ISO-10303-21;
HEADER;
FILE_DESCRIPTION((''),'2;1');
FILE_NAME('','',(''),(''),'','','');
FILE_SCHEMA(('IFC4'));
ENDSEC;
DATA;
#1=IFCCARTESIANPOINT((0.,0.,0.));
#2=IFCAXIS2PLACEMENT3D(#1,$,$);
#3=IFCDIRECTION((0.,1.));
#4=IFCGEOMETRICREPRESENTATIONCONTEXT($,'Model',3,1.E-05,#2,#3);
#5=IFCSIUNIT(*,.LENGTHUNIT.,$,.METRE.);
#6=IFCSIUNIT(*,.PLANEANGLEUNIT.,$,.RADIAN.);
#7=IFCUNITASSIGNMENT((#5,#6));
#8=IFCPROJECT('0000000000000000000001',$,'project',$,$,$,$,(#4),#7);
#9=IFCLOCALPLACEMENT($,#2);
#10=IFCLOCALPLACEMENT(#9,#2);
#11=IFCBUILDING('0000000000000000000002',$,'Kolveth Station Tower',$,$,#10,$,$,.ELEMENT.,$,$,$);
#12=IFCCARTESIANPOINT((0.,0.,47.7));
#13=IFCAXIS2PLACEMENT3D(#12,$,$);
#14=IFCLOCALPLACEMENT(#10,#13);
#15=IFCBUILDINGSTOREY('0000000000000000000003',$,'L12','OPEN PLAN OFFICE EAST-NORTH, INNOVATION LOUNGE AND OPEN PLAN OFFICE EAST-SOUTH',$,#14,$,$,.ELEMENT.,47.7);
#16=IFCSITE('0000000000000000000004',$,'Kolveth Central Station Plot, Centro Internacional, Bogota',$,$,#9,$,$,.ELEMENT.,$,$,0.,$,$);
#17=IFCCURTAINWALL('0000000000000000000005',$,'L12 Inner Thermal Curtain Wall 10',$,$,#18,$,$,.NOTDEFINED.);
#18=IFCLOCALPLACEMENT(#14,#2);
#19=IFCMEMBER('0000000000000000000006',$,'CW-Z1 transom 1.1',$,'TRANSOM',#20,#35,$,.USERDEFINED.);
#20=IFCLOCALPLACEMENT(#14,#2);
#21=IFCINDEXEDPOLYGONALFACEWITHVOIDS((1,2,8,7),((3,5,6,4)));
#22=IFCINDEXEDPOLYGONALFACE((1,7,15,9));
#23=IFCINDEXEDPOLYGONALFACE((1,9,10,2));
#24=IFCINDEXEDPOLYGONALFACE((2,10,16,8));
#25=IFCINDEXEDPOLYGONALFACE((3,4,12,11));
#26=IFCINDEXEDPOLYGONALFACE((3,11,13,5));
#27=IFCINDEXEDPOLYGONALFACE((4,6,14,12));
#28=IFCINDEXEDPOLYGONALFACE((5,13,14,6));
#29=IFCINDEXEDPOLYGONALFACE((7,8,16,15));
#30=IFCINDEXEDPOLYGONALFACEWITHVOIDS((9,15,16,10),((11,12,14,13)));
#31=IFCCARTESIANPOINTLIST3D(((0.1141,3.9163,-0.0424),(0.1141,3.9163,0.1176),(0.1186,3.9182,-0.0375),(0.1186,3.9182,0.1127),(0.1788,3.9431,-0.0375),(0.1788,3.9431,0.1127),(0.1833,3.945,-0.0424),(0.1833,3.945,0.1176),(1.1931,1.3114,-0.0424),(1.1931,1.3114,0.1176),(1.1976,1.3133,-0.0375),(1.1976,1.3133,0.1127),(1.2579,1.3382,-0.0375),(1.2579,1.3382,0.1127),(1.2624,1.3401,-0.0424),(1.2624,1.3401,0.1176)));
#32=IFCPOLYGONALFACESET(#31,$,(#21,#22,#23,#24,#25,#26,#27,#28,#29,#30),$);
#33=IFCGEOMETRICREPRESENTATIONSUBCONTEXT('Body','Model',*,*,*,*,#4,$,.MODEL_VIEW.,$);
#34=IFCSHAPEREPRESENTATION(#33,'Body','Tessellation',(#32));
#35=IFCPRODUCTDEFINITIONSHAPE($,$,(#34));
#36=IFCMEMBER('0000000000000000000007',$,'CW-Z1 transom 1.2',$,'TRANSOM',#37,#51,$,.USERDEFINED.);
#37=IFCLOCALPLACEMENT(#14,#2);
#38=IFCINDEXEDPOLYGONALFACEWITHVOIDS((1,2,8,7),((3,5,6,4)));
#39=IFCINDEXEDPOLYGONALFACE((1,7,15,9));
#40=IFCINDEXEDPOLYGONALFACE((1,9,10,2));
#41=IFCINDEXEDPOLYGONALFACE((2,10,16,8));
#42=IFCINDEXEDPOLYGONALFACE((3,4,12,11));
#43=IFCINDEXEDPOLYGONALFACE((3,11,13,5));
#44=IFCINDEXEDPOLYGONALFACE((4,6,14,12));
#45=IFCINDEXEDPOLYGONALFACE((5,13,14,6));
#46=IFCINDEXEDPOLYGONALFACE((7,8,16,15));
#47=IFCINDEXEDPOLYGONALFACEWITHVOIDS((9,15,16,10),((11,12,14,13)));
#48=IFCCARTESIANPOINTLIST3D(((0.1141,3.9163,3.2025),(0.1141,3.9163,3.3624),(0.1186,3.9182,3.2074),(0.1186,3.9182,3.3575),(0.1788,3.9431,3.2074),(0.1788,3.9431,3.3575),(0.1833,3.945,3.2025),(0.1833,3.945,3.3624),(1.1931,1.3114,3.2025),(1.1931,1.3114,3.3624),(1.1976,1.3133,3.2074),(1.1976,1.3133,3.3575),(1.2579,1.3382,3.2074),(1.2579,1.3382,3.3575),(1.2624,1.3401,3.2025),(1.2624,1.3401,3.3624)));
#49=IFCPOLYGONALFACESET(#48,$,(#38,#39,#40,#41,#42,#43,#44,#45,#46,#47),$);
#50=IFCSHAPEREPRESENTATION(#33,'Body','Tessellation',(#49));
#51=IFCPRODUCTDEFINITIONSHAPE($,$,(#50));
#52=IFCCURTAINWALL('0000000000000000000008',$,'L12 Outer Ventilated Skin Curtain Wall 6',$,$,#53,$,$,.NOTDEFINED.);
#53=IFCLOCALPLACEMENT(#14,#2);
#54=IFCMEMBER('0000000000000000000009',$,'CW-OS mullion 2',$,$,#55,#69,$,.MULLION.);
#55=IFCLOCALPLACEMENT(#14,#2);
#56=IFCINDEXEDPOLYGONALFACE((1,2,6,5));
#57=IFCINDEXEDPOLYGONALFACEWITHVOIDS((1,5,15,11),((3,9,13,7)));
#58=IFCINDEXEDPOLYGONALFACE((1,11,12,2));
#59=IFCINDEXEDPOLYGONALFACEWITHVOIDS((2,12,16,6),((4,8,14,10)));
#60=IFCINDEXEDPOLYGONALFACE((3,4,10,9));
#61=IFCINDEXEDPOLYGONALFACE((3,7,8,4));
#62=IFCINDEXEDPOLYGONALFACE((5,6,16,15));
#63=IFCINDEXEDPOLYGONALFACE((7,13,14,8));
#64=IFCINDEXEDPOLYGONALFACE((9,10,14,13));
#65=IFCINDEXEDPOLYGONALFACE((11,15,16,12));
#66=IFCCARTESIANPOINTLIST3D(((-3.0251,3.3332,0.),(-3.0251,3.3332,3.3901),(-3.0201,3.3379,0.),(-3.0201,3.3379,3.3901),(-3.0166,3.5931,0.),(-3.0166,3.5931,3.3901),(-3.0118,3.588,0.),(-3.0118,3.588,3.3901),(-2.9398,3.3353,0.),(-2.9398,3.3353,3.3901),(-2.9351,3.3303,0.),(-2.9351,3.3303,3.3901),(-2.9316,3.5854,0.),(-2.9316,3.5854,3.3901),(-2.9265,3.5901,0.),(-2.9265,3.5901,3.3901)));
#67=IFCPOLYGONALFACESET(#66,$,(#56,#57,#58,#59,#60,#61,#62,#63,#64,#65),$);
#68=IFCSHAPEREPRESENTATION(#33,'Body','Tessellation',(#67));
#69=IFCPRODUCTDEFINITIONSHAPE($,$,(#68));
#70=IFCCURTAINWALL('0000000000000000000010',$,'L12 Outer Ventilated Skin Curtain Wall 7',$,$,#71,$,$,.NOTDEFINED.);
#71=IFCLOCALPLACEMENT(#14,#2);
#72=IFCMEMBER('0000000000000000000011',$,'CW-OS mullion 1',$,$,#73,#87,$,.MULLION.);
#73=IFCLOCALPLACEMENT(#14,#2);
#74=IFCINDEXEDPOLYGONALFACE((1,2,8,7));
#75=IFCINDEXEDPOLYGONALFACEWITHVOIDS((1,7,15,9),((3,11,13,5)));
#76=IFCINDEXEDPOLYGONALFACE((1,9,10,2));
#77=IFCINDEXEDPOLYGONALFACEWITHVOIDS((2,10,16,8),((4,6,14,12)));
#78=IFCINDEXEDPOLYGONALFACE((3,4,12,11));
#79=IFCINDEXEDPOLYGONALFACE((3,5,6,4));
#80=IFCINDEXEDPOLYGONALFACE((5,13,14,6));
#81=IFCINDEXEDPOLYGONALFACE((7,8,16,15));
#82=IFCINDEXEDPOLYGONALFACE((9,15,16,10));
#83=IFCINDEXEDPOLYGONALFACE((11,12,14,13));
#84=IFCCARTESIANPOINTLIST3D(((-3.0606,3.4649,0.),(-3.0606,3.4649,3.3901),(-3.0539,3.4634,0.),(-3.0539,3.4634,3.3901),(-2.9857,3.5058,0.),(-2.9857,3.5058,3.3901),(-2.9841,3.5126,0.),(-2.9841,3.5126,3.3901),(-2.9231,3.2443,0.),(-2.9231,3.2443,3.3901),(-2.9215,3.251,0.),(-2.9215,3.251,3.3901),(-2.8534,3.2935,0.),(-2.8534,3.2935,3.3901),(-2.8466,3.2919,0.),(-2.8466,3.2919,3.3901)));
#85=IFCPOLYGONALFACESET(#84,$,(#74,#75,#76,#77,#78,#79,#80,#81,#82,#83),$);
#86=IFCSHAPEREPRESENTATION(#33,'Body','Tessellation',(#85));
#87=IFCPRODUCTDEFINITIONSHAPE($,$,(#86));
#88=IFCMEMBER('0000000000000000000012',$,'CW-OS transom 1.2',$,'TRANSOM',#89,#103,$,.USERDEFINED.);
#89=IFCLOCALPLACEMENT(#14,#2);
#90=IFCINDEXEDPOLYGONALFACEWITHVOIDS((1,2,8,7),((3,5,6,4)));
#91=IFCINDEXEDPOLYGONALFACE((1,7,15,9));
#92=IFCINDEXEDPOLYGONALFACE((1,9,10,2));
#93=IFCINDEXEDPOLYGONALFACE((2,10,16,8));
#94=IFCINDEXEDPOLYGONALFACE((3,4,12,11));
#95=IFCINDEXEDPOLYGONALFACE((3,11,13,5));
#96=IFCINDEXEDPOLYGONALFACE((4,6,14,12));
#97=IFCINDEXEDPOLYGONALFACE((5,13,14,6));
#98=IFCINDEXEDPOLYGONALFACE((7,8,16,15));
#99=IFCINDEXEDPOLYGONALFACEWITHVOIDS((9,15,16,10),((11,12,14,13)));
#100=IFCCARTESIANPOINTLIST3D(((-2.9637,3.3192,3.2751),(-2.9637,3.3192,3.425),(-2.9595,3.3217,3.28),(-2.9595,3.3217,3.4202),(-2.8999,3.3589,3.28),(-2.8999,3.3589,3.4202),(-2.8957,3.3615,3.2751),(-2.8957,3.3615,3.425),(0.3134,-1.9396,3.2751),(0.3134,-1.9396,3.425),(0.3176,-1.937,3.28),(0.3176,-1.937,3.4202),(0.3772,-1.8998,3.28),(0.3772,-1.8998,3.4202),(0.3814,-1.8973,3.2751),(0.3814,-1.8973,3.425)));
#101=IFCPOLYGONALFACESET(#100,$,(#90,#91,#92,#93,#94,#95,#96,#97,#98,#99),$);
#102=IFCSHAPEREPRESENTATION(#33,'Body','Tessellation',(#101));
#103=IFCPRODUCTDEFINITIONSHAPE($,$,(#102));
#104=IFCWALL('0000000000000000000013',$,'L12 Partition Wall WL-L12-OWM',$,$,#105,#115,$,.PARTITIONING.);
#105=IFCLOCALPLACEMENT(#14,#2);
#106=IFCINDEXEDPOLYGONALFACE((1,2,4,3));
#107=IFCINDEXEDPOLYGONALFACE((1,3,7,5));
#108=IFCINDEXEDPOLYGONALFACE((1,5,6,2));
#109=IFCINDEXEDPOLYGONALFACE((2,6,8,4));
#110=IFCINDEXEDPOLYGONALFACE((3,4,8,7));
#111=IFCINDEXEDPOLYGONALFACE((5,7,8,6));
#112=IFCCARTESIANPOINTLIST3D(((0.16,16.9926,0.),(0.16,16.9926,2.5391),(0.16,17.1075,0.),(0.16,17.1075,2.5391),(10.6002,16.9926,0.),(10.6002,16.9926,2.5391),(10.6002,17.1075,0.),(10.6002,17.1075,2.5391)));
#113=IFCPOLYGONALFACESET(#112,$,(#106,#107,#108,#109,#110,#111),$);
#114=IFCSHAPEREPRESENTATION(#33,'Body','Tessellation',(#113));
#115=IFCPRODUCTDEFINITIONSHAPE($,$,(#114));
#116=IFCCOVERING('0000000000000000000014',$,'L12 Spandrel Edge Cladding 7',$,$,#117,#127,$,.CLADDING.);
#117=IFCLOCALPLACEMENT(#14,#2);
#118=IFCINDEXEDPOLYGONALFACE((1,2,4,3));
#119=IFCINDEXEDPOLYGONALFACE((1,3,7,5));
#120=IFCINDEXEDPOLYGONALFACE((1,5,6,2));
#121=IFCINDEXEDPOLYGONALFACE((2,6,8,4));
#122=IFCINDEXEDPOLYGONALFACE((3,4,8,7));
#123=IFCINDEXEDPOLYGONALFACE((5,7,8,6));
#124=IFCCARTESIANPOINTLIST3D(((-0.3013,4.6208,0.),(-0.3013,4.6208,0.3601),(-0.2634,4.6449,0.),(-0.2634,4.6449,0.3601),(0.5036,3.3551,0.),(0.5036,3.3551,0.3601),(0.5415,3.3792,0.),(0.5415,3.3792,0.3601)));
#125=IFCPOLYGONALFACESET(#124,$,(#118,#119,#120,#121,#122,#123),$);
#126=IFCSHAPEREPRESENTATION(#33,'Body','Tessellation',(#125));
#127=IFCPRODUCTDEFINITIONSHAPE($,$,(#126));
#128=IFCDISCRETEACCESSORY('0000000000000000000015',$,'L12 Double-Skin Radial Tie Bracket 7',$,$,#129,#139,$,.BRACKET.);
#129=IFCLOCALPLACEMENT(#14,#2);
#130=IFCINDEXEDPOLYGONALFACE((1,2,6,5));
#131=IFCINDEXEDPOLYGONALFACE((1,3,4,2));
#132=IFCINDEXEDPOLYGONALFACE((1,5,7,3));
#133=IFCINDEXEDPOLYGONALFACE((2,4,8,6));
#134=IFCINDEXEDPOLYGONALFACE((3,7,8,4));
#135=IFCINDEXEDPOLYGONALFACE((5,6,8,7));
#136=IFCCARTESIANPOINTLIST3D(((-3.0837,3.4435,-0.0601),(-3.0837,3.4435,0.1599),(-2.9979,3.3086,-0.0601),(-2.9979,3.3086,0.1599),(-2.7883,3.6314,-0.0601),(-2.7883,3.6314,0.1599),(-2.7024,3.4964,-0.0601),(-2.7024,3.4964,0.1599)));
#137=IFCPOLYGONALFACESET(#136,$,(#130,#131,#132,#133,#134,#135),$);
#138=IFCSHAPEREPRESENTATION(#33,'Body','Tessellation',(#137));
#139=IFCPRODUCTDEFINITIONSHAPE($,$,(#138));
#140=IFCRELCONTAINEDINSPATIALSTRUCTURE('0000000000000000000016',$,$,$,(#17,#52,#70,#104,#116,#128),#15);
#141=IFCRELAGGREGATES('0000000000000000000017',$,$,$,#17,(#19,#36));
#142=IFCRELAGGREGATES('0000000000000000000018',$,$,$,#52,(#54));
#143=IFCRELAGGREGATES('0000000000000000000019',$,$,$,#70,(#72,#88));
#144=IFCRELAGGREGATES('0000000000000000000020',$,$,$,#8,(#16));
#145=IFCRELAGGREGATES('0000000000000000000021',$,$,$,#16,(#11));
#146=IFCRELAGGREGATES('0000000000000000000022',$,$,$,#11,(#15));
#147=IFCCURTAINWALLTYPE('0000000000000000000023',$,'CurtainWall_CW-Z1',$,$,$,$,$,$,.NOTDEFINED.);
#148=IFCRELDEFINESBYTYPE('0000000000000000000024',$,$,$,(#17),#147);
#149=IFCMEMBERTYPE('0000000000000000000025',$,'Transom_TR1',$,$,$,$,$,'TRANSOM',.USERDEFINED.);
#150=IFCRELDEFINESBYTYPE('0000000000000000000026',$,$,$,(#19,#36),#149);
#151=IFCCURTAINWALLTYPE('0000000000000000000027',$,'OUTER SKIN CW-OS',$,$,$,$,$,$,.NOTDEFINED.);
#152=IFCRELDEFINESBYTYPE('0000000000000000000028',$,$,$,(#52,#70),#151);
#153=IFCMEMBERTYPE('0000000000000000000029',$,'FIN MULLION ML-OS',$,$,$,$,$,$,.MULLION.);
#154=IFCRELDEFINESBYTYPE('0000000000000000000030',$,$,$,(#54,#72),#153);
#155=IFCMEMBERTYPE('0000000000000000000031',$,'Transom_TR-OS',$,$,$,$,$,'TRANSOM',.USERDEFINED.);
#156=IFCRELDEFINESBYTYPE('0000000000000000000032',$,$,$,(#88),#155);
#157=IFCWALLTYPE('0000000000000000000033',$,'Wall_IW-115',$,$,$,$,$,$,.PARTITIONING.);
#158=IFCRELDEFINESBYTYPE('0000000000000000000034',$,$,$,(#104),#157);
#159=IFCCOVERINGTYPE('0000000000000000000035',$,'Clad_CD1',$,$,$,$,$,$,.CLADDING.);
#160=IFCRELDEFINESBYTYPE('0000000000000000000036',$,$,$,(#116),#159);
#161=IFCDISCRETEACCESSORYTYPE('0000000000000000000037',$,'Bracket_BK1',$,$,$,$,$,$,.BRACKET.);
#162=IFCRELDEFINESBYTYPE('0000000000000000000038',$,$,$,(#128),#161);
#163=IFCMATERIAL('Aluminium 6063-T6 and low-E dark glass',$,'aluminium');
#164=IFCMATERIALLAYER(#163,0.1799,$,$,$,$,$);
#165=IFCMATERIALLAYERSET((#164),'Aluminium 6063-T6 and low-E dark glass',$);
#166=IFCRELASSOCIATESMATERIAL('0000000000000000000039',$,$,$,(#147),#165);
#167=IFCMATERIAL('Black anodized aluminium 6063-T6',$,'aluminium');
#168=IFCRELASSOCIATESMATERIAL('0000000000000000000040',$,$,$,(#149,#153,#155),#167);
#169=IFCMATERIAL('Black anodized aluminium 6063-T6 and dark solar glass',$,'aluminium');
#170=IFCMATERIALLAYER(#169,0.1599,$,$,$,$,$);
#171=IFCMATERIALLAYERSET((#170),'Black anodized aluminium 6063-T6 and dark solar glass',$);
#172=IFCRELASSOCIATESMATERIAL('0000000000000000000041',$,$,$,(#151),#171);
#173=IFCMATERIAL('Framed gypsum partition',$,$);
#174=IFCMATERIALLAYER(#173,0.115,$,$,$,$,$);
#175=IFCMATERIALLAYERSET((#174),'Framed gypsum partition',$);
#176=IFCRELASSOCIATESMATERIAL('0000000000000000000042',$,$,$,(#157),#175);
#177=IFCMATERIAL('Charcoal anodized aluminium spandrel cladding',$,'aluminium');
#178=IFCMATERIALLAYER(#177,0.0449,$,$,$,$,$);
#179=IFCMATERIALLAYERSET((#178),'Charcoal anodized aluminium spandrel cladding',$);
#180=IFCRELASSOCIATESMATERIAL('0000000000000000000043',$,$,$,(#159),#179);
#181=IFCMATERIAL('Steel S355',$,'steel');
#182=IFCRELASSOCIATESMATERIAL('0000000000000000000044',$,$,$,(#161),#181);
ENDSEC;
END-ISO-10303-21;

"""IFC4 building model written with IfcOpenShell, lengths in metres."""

from ifc_helpers import new_model, si_unit, direction, frame, frame_2d, origin, origin_2d, place, context, subcontext, project, spatial, rectangle, hollow_rectangle, extrude, source, transform, mapped, material, layer, layer_set, material_profile, profile_set, type_object, element, aggregate, save


model = new_model("IFC4")

# Units and contexts
model_context = context("Model", 3, precision=1e-05, world=origin(), true_north=direction((0.0, 1.0)))
body_context = subcontext(model_context, "Body", "Model", "MODEL_VIEW")
ifc_project = project(units=[si_unit("LENGTHUNIT", "METRE"), si_unit("PLANEANGLEUNIT", "RADIAN")], contexts=[model_context])

# Site, building, storey
site_placement = place(None, origin())
site = spatial("IfcSite", under=ifc_project, at=site_placement, Name="Kolveth Central Station Plot, Centro Internacional, Bogota", CompositionType="ELEMENT", RefElevation=0.0)
building_placement = place(site_placement, origin())
building = spatial("IfcBuilding", under=site, at=building_placement, Name="Kolveth Station Tower", CompositionType="ELEMENT")
storey_placement = place(building_placement, frame((0.0, 0.0, 47.7)))
storey = spatial("IfcBuildingStorey", under=building, at=storey_placement, Name="L12", Description="OPEN PLAN OFFICE EAST-NORTH, INNOVATION LOUNGE AND OPEN PLAN OFFICE EAST-SOUTH", CompositionType="ELEMENT", Elevation=47.7)

# Shared definitions
ifc_material_1 = material(Name="Steel S355", Category="steel")

# Shared definitions
ifc_material_2 = material(Name="Aluminium 6063-T6 and low-E dark glass", Category="aluminium")
ifc_layer_1 = layer(ifc_material_2, 0.1799)
ifc_layer_set_1 = layer_set([ifc_layer_1], Name="Aluminium 6063-T6 and low-E dark glass")
curtain_wall_type_1 = type_object("IfcCurtainWallType", Name="CurtainWall_CW-Z1", PredefinedType="NOTDEFINED", material=ifc_layer_set_1)
ifc_material_3 = material(Name="Black anodized aluminium 6063-T6", Category="aluminium")

# Curtain wall, members
curtain_wall_1_placement = place(storey_placement, origin())
curtain_wall_1 = element("IfcCurtainWall", 1, at=curtain_wall_1_placement, inside=storey, type_object=curtain_wall_type_1, Name="L12 Inner Thermal Curtain Wall 10", PredefinedType="NOTDEFINED")
ifc_material_profile_1 = material_profile(ifc_material_3, hollow_rectangle(XDim=0.075, YDim=0.1599, WallThickness=0.0049, at=origin_2d()), Name="ALU-75x160x5")
ifc_profile_set_1 = profile_set([ifc_material_profile_1], Name="Black anodized aluminium 6063-T6")
member_type_1 = type_object("IfcMemberType", Name="Transom_TR1", ElementType="TRANSOM", PredefinedType="USERDEFINED", material=ifc_profile_set_1)
shared_shape_1 = source(origin(), body_context, "Body", "SweptSolid", [
    extrude(hollow_rectangle(XDim=0.075, YDim=0.1599, WallThickness=0.0049, at=origin_2d()), origin(), (0.0, 0.0, 1.0), 2.8196),
])
member_1_placement = place(storey_placement, frame((0.1487, 3.9307, 0.0376), z_axis=(0.382709, -0.923869, 0.0), x_axis=(0.923869, 0.382709, 0.0)))
member_1 = element("IfcMember", 2, at=member_1_placement, type_object=member_type_1, Name="CW-Z1 transom 1.1", ObjectType="TRANSOM", PredefinedType="USERDEFINED", context=body_context, shape_type="MappedRepresentation", body=[
    mapped(shared_shape_1, transform((0.0, 0.0, 0.0), x_axis=(1.0, 0.0, 0.0), y_axis=(0.0, 1.0, 0.0), z_axis=(0.0, 0.0, 1.0), scale=1.0)),
])
member_2_placement = place(storey_placement, frame((0.1487, 3.9307, 3.2825), z_axis=(0.382709, -0.923869, 0.0), x_axis=(0.923869, 0.382709, 0.0)))
member_2 = element("IfcMember", 3, at=member_2_placement, type_object=member_type_1, Name="CW-Z1 transom 1.2", ObjectType="TRANSOM", PredefinedType="USERDEFINED", context=body_context, shape_type="MappedRepresentation", body=[
    mapped(shared_shape_1, transform((0.0, 0.0, 0.0), x_axis=(1.0, 0.0, 0.0), y_axis=(0.0, 1.0, 0.0), z_axis=(0.0, 0.0, 1.0), scale=1.0)),
])
aggregate(curtain_wall_1, [member_1, member_2])

# Curtain wall, member
ifc_material_4 = material(Name="Black anodized aluminium 6063-T6 and dark solar glass", Category="aluminium")
ifc_layer_2 = layer(ifc_material_4, 0.1599)
ifc_layer_set_2 = layer_set([ifc_layer_2], Name="Black anodized aluminium 6063-T6 and dark solar glass")
curtain_wall_type_2 = type_object("IfcCurtainWallType", Name="OUTER SKIN CW-OS", PredefinedType="NOTDEFINED", material=ifc_layer_set_2)
curtain_wall_2_placement = place(storey_placement, origin())
curtain_wall_2 = element("IfcCurtainWall", 4, at=curtain_wall_2_placement, inside=storey, type_object=curtain_wall_type_2, Name="L12 Outer Ventilated Skin Curtain Wall 6", PredefinedType="NOTDEFINED")
ifc_material_profile_2 = material_profile(ifc_material_3, hollow_rectangle(XDim=0.0901, YDim=0.26, WallThickness=0.0049, at=origin_2d()), Name="ALU-90x260x5")
ifc_profile_set_2 = profile_set([ifc_material_profile_2], Name="Black anodized aluminium 6063-T6")
member_type_2 = type_object("IfcMemberType", Name="FIN MULLION ML-OS", PredefinedType="MULLION", material=ifc_profile_set_2)
shared_shape_2 = source(origin(), body_context, "Body", "SweptSolid", [
    extrude(hollow_rectangle(XDim=0.0901, YDim=0.26, WallThickness=0.0049, at=origin_2d()), origin(), (0.0, 0.0, 1.0), 3.3901),
])
member_3_placement = place(storey_placement, frame((-2.9758, 3.4617, 0.0), z_axis=(0.0, 0.0, 1.0), x_axis=(0.999457, -0.03294, 0.0)))
member_3 = element("IfcMember", 5, at=member_3_placement, type_object=member_type_2, Name="CW-OS mullion 2", PredefinedType="MULLION", context=body_context, shape_type="MappedRepresentation", body=[
    mapped(shared_shape_2, transform((0.0, 0.0, 0.0), x_axis=(1.0, 0.0, 0.0), y_axis=(0.0, 1.0, 0.0), z_axis=(0.0, 0.0, 1.0), scale=1.0)),
])
aggregate(curtain_wall_2, [member_3])

# Curtain wall, members
curtain_wall_3_placement = place(storey_placement, origin())
curtain_wall_3 = element("IfcCurtainWall", 6, at=curtain_wall_3_placement, inside=storey, type_object=curtain_wall_type_2, Name="L12 Outer Ventilated Skin Curtain Wall 7", PredefinedType="NOTDEFINED")
member_4_placement = place(storey_placement, frame((-2.9536, 3.3784, 0.0), z_axis=(0.0, 0.0, 1.0), x_axis=(0.84869, 0.52889, 0.0)))
member_4 = element("IfcMember", 7, at=member_4_placement, type_object=member_type_2, Name="CW-OS mullion 1", PredefinedType="MULLION", context=body_context, shape_type="MappedRepresentation", body=[
    mapped(shared_shape_2, transform((0.0, 0.0, 0.0), x_axis=(1.0, 0.0, 0.0), y_axis=(0.0, 1.0, 0.0), z_axis=(0.0, 0.0, 1.0), scale=1.0)),
])
ifc_material_profile_3 = material_profile(ifc_material_3, hollow_rectangle(XDim=0.0801, YDim=0.1499, WallThickness=0.0049, at=origin_2d()), Name="ALU-80x150x5")
ifc_profile_set_3 = profile_set([ifc_material_profile_3], Name="Black anodized aluminium 6063-T6")
member_type_3 = type_object("IfcMemberType", Name="Transom_TR-OS", ElementType="TRANSOM", PredefinedType="USERDEFINED", material=ifc_profile_set_3)
shared_shape_3 = source(origin(), body_context, "Body", "SweptSolid", [
    extrude(hollow_rectangle(XDim=0.0801, YDim=0.1499, WallThickness=0.0049, at=origin_2d()), origin(), (0.0, 0.0, 1.0), 6.1963),
])
member_5_placement = place(storey_placement, frame((-2.9297, 3.3403, 3.3501), z_axis=(0.528879, -0.848697, 0.0), x_axis=(0.848697, 0.528879, 0.0)))
member_5 = element("IfcMember", 8, at=member_5_placement, type_object=member_type_3, Name="CW-OS transom 1.2", ObjectType="TRANSOM", PredefinedType="USERDEFINED", context=body_context, shape_type="MappedRepresentation", body=[
    mapped(shared_shape_3, transform((0.0, 0.0, 0.0), x_axis=(1.0, 0.0, 0.0), y_axis=(0.0, 1.0, 0.0), z_axis=(0.0, 0.0, 1.0), scale=1.0)),
])
aggregate(curtain_wall_3, [member_4, member_5])

# Wall
ifc_material_5 = material(Name="Framed gypsum partition")
ifc_layer_3 = layer(ifc_material_5, 0.115)
ifc_layer_set_3 = layer_set([ifc_layer_3], Name="Framed gypsum partition")
wall_type = type_object("IfcWallType", Name="Wall_IW-115", PredefinedType="PARTITIONING", material=ifc_layer_set_3)
wall_placement = place(storey_placement, frame((0.1599, 17.05, 0.0), z_axis=(0.0, 0.0, 1.0), x_axis=(1.0, 0.0, 0.0)))
element("IfcWall", 9, at=wall_placement, inside=storey, type_object=wall_type, Name="L12 Partition Wall WL-L12-OWM", PredefinedType="PARTITIONING", context=body_context, shape_type="SweptSolid", body=[
    extrude(rectangle(XDim=10.4402, YDim=0.115, at=frame_2d((5.2202, 0.0))), origin(), (0.0, 0.0, 1.0), 2.5391),
])

# Covering
ifc_material_6 = material(Name="Charcoal anodized aluminium spandrel cladding", Category="aluminium")
ifc_layer_4 = layer(ifc_material_6, 0.0449)
ifc_layer_set_4 = layer_set([ifc_layer_4], Name="Charcoal anodized aluminium spandrel cladding")
covering_type = type_object("IfcCoveringType", Name="Clad_CD1", PredefinedType="CLADDING", material=ifc_layer_set_4)
shared_shape_4 = source(origin(), body_context, "Body", "SweptSolid", [
    extrude(rectangle(XDim=1.5, YDim=0.0449, at=origin_2d()), origin(), (0.0, 0.0, 1.0), 0.3601),
])
covering_placement = place(storey_placement, frame((0.1201, 4.0, 0.0), z_axis=(0.0, 0.0, 1.0), x_axis=(0.536563, -0.84386, 0.0)))
element("IfcCovering", 10, at=covering_placement, inside=storey, type_object=covering_type, Name="L12 Spandrel Edge Cladding 7", PredefinedType="CLADDING", context=body_context, shape_type="MappedRepresentation", body=[
    mapped(shared_shape_4, transform((0.0, 0.0, 0.0), x_axis=(1.0, 0.0, 0.0), y_axis=(0.0, 1.0, 0.0), z_axis=(0.0, 0.0, 1.0), scale=1.0)),
])

# Discrete accessory
discrete_accessory_type = type_object("IfcDiscreteAccessoryType", Name="Bracket_BK1", PredefinedType="BRACKET", material=ifc_material_1)
shared_shape_5 = source(origin(), body_context, "Body", "SweptSolid", [
    extrude(rectangle(XDim=0.3501, YDim=0.1599, at=origin_2d()), origin(), (0.0, 0.0, 1.0), 0.22),
])
discrete_accessory_placement = place(storey_placement, frame((-2.8931, 3.47, -0.0601), z_axis=(0.0, 0.0, 1.0), x_axis=(-0.84386, -0.536563, 0.0)))
element("IfcDiscreteAccessory", 11, at=discrete_accessory_placement, inside=storey, type_object=discrete_accessory_type, Name="L12 Double-Skin Radial Tie Bracket 7", PredefinedType="BRACKET", context=body_context, shape_type="MappedRepresentation", body=[
    mapped(shared_shape_5, transform((0.0, 0.0, 0.0), x_axis=(1.0, 0.0, 0.0), y_axis=(0.0, 1.0, 0.0), z_axis=(0.0, 0.0, 1.0), scale=1.0)),
])

save(model, "model.ifc")
